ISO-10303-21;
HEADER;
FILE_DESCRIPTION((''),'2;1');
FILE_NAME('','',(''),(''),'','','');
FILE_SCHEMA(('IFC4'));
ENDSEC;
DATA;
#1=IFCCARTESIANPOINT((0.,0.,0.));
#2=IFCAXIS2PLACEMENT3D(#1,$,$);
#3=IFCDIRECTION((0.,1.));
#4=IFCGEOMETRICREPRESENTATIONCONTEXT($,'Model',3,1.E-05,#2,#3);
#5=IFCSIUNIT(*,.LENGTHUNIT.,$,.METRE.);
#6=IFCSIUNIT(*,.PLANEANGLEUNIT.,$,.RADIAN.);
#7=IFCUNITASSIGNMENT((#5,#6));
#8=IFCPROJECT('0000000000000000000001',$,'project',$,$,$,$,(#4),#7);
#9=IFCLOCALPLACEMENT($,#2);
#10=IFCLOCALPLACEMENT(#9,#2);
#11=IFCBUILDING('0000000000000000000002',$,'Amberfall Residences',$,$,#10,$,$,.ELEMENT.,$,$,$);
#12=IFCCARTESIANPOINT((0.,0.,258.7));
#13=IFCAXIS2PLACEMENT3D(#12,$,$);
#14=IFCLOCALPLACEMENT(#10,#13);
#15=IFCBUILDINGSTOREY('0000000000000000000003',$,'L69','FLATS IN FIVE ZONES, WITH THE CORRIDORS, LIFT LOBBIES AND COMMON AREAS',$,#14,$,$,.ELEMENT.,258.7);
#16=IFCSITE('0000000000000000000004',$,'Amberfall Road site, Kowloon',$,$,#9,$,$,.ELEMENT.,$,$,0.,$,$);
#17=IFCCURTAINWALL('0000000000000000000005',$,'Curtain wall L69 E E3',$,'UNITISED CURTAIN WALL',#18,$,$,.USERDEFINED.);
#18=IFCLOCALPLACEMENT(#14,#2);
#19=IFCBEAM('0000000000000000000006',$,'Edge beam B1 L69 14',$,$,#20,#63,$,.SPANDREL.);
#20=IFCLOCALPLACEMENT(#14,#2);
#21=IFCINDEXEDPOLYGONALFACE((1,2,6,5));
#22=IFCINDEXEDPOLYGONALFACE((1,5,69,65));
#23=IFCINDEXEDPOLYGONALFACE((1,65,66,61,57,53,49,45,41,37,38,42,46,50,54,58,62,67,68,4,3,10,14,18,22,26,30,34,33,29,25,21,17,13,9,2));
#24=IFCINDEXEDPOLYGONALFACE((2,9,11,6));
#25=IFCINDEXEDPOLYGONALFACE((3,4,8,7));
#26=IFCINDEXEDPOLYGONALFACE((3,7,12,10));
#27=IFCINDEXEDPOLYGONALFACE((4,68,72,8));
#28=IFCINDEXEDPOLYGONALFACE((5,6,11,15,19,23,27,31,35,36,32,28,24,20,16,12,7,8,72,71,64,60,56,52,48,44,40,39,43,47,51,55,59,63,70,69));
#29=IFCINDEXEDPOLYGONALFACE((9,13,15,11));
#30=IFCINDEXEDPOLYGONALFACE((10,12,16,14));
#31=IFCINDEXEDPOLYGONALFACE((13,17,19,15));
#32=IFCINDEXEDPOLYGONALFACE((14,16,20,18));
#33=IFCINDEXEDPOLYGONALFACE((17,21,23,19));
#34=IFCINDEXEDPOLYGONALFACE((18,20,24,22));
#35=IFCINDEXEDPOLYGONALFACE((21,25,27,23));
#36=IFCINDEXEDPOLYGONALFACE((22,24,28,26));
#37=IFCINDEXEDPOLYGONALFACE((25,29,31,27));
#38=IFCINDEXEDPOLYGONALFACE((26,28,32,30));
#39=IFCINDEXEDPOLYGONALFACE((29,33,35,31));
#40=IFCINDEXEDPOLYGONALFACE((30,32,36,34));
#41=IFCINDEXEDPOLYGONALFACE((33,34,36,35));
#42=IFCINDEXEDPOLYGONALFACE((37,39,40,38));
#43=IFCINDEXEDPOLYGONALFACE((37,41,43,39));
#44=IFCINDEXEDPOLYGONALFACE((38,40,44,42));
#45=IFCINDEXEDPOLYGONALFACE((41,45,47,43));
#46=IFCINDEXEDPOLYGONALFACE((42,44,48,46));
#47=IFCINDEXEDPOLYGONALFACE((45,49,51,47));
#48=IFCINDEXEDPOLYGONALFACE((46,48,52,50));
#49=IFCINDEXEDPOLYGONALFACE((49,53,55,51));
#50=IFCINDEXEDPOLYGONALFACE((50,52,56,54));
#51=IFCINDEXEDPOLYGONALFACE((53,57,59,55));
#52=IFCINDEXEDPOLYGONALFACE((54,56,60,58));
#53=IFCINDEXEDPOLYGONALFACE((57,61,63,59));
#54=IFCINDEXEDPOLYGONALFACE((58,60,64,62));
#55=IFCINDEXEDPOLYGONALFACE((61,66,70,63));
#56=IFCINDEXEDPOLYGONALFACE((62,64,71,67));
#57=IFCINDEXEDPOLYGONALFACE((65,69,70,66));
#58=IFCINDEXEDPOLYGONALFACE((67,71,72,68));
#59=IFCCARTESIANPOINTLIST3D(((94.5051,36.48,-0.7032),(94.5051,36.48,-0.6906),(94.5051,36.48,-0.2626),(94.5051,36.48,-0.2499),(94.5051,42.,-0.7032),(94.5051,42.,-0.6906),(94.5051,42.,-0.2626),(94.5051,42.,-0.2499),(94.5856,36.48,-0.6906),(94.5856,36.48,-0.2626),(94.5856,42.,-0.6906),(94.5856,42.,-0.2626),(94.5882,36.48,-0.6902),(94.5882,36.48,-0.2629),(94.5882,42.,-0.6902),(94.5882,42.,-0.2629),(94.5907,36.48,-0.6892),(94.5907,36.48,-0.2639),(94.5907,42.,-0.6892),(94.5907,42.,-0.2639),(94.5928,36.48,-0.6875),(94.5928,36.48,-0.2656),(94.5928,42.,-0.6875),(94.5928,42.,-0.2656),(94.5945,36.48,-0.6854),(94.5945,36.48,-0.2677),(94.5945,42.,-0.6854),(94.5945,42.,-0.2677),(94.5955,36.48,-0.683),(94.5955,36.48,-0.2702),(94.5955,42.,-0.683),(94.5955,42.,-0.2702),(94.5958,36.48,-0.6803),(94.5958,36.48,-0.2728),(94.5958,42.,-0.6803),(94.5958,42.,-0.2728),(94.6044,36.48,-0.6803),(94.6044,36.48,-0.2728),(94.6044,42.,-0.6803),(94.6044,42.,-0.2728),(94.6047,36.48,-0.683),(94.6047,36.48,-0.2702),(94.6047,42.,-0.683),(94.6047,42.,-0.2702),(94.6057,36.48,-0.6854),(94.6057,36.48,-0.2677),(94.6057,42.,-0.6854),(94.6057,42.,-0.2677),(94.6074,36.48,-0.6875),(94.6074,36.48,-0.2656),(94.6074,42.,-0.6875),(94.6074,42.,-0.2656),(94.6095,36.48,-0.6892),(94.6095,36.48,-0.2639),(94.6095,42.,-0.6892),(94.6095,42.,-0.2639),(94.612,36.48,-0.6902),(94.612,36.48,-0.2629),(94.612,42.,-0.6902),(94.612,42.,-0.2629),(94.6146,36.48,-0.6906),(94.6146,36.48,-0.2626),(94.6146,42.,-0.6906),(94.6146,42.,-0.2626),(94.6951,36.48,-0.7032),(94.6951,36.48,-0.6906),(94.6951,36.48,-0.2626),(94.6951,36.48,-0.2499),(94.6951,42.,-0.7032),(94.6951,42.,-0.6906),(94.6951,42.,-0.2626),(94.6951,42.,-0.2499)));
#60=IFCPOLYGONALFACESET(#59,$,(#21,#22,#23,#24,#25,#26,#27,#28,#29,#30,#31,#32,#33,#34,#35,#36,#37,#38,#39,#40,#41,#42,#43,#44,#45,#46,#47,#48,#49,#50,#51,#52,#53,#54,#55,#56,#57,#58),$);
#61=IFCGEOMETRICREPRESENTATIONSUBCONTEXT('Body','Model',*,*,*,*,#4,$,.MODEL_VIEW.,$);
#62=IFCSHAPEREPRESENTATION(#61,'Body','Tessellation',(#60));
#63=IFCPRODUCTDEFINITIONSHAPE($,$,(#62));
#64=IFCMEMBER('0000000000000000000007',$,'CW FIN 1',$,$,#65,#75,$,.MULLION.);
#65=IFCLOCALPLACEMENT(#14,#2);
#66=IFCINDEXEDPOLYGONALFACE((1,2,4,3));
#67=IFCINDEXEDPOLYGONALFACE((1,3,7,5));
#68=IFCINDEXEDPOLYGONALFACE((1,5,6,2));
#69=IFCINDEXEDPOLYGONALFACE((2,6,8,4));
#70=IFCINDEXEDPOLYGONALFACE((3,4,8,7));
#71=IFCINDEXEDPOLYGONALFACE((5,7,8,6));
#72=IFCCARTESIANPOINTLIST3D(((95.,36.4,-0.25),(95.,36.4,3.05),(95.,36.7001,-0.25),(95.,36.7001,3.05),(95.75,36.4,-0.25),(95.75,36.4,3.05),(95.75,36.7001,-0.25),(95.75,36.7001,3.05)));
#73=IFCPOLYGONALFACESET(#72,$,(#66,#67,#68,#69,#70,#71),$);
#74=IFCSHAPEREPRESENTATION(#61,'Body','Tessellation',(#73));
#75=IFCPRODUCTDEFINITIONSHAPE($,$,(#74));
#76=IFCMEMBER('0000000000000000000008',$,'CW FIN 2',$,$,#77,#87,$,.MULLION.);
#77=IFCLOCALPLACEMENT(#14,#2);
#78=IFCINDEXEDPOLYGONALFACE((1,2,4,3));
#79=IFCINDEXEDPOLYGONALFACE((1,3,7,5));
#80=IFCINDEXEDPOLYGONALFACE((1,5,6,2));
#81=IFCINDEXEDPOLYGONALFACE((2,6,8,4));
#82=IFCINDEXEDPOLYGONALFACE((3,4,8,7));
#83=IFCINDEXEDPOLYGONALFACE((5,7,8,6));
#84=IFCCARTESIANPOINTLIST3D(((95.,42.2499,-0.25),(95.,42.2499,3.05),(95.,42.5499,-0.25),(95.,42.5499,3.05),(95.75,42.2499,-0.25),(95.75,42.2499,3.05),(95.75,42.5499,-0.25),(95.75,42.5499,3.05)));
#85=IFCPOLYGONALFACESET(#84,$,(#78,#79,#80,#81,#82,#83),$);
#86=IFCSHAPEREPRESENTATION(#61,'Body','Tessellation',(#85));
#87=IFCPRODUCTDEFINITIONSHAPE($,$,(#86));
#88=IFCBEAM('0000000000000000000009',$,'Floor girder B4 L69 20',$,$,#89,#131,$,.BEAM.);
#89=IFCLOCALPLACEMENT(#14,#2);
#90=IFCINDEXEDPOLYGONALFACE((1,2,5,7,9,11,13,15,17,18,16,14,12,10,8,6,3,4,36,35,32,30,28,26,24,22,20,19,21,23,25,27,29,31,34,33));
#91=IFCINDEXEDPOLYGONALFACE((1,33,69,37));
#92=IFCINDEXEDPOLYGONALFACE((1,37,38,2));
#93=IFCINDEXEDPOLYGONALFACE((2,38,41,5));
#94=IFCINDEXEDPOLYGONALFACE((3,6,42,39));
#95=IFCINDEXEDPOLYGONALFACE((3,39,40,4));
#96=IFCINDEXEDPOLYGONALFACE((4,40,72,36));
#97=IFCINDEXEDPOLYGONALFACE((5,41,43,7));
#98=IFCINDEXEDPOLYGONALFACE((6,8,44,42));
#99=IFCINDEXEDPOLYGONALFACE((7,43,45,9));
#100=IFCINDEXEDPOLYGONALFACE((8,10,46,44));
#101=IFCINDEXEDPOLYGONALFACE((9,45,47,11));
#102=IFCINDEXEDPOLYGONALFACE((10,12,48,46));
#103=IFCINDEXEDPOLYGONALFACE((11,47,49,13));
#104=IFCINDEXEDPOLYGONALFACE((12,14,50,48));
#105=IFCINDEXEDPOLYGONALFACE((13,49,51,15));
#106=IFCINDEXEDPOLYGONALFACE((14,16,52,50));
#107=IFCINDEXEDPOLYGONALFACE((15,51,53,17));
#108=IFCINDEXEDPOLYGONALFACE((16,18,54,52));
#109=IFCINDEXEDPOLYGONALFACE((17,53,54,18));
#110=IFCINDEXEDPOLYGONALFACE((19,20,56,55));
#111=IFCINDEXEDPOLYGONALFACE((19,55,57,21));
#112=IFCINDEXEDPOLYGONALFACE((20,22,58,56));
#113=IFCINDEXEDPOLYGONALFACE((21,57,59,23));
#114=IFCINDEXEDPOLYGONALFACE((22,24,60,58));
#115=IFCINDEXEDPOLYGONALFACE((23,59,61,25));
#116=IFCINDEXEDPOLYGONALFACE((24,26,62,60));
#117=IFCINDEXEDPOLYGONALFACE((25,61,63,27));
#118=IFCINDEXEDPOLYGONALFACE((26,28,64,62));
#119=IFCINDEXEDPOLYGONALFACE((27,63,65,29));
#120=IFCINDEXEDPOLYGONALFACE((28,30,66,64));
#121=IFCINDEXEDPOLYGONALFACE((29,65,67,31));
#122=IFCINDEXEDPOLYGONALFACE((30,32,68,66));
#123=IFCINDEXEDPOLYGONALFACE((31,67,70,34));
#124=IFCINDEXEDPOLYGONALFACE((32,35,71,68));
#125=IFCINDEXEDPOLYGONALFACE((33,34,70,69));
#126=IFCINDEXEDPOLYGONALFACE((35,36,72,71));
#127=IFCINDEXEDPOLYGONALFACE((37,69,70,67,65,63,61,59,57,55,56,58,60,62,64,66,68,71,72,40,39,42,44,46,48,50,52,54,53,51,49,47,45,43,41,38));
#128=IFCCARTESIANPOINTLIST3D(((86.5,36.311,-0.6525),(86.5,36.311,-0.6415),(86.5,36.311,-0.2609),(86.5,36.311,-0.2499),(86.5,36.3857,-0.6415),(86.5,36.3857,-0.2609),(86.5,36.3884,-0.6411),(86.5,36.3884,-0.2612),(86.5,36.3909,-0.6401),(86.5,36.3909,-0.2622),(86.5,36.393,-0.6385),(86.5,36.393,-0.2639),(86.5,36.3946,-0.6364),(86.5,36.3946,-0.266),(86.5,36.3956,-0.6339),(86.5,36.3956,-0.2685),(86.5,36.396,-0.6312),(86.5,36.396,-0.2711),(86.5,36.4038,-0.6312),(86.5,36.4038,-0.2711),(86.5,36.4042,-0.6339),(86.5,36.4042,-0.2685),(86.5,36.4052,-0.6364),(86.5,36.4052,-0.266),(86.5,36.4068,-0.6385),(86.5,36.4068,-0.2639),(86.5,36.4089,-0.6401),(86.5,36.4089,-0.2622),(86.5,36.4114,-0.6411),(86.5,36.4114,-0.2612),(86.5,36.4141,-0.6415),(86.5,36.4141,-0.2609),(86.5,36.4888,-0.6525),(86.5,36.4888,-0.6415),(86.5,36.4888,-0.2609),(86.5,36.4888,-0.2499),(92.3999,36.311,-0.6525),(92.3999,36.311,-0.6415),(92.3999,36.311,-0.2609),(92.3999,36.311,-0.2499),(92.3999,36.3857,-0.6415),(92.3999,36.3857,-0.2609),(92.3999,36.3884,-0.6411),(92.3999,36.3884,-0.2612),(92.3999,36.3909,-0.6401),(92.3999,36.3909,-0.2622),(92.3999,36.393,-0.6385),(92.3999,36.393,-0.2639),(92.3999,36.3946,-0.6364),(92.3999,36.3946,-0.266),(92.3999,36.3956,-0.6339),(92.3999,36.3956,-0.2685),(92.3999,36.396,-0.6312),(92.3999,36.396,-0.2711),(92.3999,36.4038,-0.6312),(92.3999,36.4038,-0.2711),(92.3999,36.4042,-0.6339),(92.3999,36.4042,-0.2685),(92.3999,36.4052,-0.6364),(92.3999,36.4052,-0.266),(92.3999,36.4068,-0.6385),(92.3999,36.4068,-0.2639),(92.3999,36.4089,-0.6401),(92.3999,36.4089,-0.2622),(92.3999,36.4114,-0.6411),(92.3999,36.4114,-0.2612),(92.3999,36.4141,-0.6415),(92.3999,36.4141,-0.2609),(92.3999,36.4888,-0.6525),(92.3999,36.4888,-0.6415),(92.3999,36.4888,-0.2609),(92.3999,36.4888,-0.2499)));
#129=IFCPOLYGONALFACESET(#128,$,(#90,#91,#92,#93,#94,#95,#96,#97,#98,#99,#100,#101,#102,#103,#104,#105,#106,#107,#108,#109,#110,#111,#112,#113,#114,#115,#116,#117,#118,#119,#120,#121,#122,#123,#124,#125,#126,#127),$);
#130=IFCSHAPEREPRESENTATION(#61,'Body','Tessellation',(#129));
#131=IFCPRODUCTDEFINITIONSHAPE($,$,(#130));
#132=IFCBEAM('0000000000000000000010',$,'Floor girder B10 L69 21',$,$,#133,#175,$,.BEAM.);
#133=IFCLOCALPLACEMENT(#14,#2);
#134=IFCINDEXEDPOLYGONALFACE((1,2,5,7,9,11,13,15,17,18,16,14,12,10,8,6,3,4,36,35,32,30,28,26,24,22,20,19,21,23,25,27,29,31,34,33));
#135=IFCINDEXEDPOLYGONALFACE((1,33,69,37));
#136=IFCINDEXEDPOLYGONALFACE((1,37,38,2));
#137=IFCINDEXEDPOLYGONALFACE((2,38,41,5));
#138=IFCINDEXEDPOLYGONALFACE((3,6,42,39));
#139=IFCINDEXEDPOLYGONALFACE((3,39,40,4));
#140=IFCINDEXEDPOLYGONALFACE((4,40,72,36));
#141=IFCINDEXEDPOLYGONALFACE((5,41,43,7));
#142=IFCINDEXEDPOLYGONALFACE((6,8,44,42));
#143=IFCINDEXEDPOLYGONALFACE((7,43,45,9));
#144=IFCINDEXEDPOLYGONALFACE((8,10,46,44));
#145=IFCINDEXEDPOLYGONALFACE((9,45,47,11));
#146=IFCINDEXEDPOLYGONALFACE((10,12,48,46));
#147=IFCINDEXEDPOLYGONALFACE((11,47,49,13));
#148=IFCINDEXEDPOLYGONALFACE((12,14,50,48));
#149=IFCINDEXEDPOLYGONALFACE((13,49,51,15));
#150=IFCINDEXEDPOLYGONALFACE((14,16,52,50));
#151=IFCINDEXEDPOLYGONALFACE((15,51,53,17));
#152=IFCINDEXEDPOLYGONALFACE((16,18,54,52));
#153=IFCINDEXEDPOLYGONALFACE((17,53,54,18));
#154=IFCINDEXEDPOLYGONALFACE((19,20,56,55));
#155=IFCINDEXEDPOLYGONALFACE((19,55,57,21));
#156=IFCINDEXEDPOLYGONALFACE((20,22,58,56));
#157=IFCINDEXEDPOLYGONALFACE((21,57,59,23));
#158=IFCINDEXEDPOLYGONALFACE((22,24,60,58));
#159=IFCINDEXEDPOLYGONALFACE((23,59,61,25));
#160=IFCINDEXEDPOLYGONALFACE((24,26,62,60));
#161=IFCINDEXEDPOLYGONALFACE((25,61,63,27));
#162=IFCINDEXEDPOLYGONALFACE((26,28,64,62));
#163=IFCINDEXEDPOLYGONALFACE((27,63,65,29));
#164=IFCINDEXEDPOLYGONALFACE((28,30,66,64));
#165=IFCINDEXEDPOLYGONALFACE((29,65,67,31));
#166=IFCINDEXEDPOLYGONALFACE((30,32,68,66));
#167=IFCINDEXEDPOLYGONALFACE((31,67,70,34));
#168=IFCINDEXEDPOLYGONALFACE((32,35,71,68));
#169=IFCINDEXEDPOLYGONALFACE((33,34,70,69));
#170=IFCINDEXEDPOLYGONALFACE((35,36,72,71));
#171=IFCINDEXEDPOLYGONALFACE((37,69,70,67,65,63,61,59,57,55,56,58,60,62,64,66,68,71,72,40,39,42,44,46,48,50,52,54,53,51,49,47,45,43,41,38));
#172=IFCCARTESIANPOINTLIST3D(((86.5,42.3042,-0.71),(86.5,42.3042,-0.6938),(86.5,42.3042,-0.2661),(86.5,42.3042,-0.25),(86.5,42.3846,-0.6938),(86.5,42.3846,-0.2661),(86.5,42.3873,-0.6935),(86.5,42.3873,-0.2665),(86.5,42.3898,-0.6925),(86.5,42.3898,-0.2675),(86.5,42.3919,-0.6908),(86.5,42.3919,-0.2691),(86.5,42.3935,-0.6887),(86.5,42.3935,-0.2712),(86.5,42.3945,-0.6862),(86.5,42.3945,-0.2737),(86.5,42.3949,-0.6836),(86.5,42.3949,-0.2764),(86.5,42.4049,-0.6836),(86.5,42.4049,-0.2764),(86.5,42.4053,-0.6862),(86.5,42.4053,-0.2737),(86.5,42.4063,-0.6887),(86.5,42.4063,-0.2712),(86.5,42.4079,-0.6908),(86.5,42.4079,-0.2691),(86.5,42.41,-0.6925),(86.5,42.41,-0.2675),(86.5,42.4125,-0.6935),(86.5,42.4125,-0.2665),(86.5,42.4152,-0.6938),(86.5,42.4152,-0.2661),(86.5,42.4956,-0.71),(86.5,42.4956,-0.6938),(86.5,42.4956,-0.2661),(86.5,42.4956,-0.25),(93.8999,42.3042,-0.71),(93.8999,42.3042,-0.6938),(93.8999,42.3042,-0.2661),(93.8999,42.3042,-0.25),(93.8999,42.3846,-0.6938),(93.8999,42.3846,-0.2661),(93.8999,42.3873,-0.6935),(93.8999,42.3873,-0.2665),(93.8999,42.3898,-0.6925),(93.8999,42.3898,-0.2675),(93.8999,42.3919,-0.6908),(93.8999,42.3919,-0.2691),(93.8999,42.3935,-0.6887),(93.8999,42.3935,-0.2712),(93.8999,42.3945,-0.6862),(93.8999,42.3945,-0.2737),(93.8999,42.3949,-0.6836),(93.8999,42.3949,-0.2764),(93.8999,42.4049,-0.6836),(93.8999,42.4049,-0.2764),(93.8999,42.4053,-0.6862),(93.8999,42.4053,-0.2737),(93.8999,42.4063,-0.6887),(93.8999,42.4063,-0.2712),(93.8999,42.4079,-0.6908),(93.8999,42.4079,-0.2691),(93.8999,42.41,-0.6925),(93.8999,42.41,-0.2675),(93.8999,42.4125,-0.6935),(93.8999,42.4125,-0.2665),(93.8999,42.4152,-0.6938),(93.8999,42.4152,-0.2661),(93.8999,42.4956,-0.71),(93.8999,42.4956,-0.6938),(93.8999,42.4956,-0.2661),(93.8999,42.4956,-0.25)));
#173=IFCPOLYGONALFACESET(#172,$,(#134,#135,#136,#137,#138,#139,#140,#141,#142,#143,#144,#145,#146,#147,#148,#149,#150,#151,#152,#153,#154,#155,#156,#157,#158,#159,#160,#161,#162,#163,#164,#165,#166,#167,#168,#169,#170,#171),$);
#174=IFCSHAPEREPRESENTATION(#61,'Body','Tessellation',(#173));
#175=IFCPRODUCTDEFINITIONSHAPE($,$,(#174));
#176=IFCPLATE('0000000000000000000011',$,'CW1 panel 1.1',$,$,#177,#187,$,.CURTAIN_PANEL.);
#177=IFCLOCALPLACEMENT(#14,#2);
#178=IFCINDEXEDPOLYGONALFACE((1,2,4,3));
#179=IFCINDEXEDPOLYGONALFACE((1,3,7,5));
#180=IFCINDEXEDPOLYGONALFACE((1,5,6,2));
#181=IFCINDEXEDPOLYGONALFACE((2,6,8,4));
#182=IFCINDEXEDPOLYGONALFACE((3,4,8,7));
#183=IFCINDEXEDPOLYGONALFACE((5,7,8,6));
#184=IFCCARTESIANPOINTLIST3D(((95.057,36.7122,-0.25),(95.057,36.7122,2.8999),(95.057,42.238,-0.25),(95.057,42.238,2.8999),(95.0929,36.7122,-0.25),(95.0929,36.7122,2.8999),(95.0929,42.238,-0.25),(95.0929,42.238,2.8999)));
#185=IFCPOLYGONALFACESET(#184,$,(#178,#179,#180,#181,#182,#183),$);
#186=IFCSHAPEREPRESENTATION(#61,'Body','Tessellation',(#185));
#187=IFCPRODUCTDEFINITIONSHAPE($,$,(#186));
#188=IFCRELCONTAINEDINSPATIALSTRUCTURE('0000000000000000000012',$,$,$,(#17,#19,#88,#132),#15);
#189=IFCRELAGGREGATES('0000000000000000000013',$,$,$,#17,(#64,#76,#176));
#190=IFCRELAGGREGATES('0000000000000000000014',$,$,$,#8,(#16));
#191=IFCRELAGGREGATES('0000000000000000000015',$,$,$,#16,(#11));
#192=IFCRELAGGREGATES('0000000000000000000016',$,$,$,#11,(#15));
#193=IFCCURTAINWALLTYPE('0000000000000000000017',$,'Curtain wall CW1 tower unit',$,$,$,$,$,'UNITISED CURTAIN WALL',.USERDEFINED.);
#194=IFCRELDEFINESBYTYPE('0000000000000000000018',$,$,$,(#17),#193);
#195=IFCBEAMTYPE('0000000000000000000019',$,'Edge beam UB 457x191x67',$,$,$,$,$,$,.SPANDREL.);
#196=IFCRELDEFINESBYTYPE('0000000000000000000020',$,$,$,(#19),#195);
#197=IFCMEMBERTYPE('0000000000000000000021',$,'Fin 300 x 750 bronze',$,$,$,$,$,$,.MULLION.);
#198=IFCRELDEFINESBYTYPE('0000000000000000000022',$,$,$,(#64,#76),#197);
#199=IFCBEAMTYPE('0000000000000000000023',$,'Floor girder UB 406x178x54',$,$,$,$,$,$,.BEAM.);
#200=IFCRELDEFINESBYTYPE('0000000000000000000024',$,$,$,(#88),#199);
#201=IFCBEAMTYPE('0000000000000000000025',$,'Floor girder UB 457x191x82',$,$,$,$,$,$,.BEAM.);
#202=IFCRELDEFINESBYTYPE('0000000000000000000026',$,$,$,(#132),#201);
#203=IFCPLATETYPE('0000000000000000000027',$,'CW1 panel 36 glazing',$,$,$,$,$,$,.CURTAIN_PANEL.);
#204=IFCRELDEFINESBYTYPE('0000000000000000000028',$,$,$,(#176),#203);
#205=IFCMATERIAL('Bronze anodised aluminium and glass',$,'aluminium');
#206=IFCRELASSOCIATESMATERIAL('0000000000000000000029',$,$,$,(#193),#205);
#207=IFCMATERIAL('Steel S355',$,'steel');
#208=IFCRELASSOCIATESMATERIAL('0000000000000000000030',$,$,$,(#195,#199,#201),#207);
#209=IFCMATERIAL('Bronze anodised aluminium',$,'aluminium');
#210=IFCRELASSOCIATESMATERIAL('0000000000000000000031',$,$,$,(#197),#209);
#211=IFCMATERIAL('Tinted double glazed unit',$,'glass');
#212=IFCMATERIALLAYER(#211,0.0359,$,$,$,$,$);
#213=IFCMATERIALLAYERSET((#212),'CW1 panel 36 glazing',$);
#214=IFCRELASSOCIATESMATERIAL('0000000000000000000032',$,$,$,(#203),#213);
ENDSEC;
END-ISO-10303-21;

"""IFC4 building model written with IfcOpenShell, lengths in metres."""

from ifc_helpers import new_model, si_unit, direction, frame, origin, origin_2d, place, context, subcontext, project, spatial, rectangle, i_section, extrude, material, layer, layer_set, material_profile, profile_set, type_object, element, aggregate, save


model = new_model("IFC4")

# Units and contexts
model_context = context("Model", 3, precision=1e-05, world=origin(), true_north=direction((0.0, 1.0)))
body_context = subcontext(model_context, "Body", "Model", "MODEL_VIEW")
ifc_project = project(units=[si_unit("LENGTHUNIT", "METRE"), si_unit("PLANEANGLEUNIT", "RADIAN")], contexts=[model_context])

# Site, building, storey
site_placement = place(None, origin())
site = spatial("IfcSite", under=ifc_project, at=site_placement, Name="Amberfall Road site, Kowloon", CompositionType="ELEMENT", RefElevation=0.0)
building_placement = place(site_placement, origin())
building = spatial("IfcBuilding", under=site, at=building_placement, Name="Amberfall Residences", CompositionType="ELEMENT")
storey_placement = place(building_placement, frame((0.0, 0.0, 258.7)))
storey = spatial("IfcBuildingStorey", under=building, at=storey_placement, Name="L69", Description="FLATS IN FIVE ZONES, WITH THE CORRIDORS, LIFT LOBBIES AND COMMON AREAS", CompositionType="ELEMENT", Elevation=258.7)

# Curtain wall
ifc_material_1 = material(Name="Bronze anodised aluminium and glass", Category="aluminium")
curtain_wall_type = type_object("IfcCurtainWallType", Name="Curtain wall CW1 tower unit", ElementType="UNITISED CURTAIN WALL", PredefinedType="USERDEFINED", material=ifc_material_1)
curtain_wall_placement = place(storey_placement, origin())
curtain_wall = element("IfcCurtainWall", 1, at=curtain_wall_placement, inside=storey, type_object=curtain_wall_type, Name="Curtain wall L69 E E3", ObjectType="UNITISED CURTAIN WALL", PredefinedType="USERDEFINED")
ifc_material_2 = material(Name="Bronze anodised aluminium", Category="aluminium")

# Beam
ifc_material_3 = material(Name="Steel S355", Category="steel")
ifc_material_profile_1 = material_profile(ifc_material_3, i_section(OverallWidth=0.1899, OverallDepth=0.4534, WebThickness=0.0085, FlangeThickness=0.0127, FilletRadius=0.0103, at=origin_2d()), Name="UB 457x191x67")
ifc_profile_set_1 = profile_set([ifc_material_profile_1], Name="Steel S355")
beam_type_1 = type_object("IfcBeamType", Name="Edge beam UB 457x191x67", PredefinedType="SPANDREL", material=ifc_profile_set_1)
beam_1_placement = place(storey_placement, frame((94.6001, 36.48, -0.4766), z_axis=(0.0, 1.0, 0.0), x_axis=(-1.0, 0.0, 0.0)))
element("IfcBeam", 2, at=beam_1_placement, inside=storey, type_object=beam_type_1, Name="Edge beam B1 L69 14", PredefinedType="SPANDREL", context=body_context, shape_type="SweptSolid", body=[
    extrude(i_section(OverallWidth=0.1899, OverallDepth=0.4534, WebThickness=0.0085, FlangeThickness=0.0127, FilletRadius=0.0103, at=origin_2d()), origin(), (0.0, 0.0, 1.0), 5.52),
])

# Members
ifc_material_profile_2 = material_profile(ifc_material_2, rectangle(XDim=0.75, YDim=0.3, at=origin_2d()), Name="Fin 300 x 750 bronze")
ifc_profile_set_2 = profile_set([ifc_material_profile_2], Name="Bronze anodised aluminium")
member_type_1 = type_object("IfcMemberType", Name="Fin 300 x 750 bronze", PredefinedType="MULLION", material=ifc_profile_set_2)
member_1_placement = place(storey_placement, frame((95.375, 36.55, -0.25), z_axis=(0.0, 0.0, 1.0), x_axis=(-1.0, 0.0, 0.0)))
member_1 = element("IfcMember", 3, at=member_1_placement, type_object=member_type_1, Name="CW FIN 1", PredefinedType="MULLION", context=body_context, shape_type="SweptSolid", body=[
    extrude(rectangle(XDim=0.75, YDim=0.3, at=origin_2d()), origin(), (0.0, 0.0, 1.0), 3.3),
])
member_2_placement = place(storey_placement, frame((95.375, 42.3999, -0.25), z_axis=(0.0, 0.0, 1.0), x_axis=(-1.0, 0.0, 0.0)))
member_2 = element("IfcMember", 4, at=member_2_placement, type_object=member_type_1, Name="CW FIN 2", PredefinedType="MULLION", context=body_context, shape_type="SweptSolid", body=[
    extrude(rectangle(XDim=0.75, YDim=0.3, at=origin_2d()), origin(), (0.0, 0.0, 1.0), 3.3),
])

# Beams
ifc_material_profile_3 = material_profile(ifc_material_3, i_section(OverallWidth=0.1777, OverallDepth=0.4026, WebThickness=0.0078, FlangeThickness=0.011, FilletRadius=0.0103, at=origin_2d()), Name="UB 406x178x54")
ifc_profile_set_3 = profile_set([ifc_material_profile_3], Name="Steel S355")
beam_type_2 = type_object("IfcBeamType", Name="Floor girder UB 406x178x54", PredefinedType="BEAM", material=ifc_profile_set_3)
beam_2_placement = place(storey_placement, frame((92.3999, 36.3999, -0.4512), z_axis=(-1.0, 0.0, 0.0), x_axis=(0.0, -1.0, 0.0)))
element("IfcBeam", 5, at=beam_2_placement, inside=storey, type_object=beam_type_2, Name="Floor girder B4 L69 20", PredefinedType="BEAM", context=body_context, shape_type="SweptSolid", body=[
    extrude(i_section(OverallWidth=0.1777, OverallDepth=0.4026, WebThickness=0.0078, FlangeThickness=0.011, FilletRadius=0.0103, at=origin_2d()), origin(), (0.0, 0.0, 1.0), 5.8999),
])
ifc_material_profile_4 = material_profile(ifc_material_3, i_section(OverallWidth=0.1914, OverallDepth=0.46, WebThickness=0.01, FlangeThickness=0.0161, FilletRadius=0.0103, at=origin_2d()), Name="UB 457x191x82")
ifc_profile_set_4 = profile_set([ifc_material_profile_4], Name="Steel S355")
beam_type_3 = type_object("IfcBeamType", Name="Floor girder UB 457x191x82", PredefinedType="BEAM", material=ifc_profile_set_4)
beam_3_placement = place(storey_placement, frame((93.8999, 42.3999, -0.48), z_axis=(-1.0, 0.0, 0.0), x_axis=(0.0, -1.0, 0.0)))
element("IfcBeam", 6, at=beam_3_placement, inside=storey, type_object=beam_type_3, Name="Floor girder B10 L69 21", PredefinedType="BEAM", context=body_context, shape_type="SweptSolid", body=[
    extrude(i_section(OverallWidth=0.1914, OverallDepth=0.46, WebThickness=0.01, FlangeThickness=0.0161, FilletRadius=0.0103, at=origin_2d()), origin(), (0.0, 0.0, 1.0), 7.3999),
])

# Plate
ifc_material_4 = material(Name="Tinted double glazed unit", Category="glass")
ifc_layer_1 = layer(ifc_material_4, 0.0359)
ifc_layer_set_1 = layer_set([ifc_layer_1], Name="CW1 panel 36 glazing")
plate_type = type_object("IfcPlateType", Name="CW1 panel 36 glazing", PredefinedType="CURTAIN_PANEL", material=ifc_layer_set_1)
plate_placement = place(storey_placement, frame((95.075, 39.4751, -0.25), z_axis=(0.0, 0.0, 1.0), x_axis=(0.0, 1.0, 0.0)))
plate = element("IfcPlate", 7, at=plate_placement, type_object=plate_type, Name="CW1 panel 1.1", PredefinedType="CURTAIN_PANEL", context=body_context, shape_type="SweptSolid", body=[
    extrude(rectangle(XDim=5.5259, YDim=0.0359, at=origin_2d()), origin(), (0.0, 0.0, 1.0), 3.1499),
])
aggregate(curtain_wall, [member_1, member_2, plate])

save(model, "model.ifc")
